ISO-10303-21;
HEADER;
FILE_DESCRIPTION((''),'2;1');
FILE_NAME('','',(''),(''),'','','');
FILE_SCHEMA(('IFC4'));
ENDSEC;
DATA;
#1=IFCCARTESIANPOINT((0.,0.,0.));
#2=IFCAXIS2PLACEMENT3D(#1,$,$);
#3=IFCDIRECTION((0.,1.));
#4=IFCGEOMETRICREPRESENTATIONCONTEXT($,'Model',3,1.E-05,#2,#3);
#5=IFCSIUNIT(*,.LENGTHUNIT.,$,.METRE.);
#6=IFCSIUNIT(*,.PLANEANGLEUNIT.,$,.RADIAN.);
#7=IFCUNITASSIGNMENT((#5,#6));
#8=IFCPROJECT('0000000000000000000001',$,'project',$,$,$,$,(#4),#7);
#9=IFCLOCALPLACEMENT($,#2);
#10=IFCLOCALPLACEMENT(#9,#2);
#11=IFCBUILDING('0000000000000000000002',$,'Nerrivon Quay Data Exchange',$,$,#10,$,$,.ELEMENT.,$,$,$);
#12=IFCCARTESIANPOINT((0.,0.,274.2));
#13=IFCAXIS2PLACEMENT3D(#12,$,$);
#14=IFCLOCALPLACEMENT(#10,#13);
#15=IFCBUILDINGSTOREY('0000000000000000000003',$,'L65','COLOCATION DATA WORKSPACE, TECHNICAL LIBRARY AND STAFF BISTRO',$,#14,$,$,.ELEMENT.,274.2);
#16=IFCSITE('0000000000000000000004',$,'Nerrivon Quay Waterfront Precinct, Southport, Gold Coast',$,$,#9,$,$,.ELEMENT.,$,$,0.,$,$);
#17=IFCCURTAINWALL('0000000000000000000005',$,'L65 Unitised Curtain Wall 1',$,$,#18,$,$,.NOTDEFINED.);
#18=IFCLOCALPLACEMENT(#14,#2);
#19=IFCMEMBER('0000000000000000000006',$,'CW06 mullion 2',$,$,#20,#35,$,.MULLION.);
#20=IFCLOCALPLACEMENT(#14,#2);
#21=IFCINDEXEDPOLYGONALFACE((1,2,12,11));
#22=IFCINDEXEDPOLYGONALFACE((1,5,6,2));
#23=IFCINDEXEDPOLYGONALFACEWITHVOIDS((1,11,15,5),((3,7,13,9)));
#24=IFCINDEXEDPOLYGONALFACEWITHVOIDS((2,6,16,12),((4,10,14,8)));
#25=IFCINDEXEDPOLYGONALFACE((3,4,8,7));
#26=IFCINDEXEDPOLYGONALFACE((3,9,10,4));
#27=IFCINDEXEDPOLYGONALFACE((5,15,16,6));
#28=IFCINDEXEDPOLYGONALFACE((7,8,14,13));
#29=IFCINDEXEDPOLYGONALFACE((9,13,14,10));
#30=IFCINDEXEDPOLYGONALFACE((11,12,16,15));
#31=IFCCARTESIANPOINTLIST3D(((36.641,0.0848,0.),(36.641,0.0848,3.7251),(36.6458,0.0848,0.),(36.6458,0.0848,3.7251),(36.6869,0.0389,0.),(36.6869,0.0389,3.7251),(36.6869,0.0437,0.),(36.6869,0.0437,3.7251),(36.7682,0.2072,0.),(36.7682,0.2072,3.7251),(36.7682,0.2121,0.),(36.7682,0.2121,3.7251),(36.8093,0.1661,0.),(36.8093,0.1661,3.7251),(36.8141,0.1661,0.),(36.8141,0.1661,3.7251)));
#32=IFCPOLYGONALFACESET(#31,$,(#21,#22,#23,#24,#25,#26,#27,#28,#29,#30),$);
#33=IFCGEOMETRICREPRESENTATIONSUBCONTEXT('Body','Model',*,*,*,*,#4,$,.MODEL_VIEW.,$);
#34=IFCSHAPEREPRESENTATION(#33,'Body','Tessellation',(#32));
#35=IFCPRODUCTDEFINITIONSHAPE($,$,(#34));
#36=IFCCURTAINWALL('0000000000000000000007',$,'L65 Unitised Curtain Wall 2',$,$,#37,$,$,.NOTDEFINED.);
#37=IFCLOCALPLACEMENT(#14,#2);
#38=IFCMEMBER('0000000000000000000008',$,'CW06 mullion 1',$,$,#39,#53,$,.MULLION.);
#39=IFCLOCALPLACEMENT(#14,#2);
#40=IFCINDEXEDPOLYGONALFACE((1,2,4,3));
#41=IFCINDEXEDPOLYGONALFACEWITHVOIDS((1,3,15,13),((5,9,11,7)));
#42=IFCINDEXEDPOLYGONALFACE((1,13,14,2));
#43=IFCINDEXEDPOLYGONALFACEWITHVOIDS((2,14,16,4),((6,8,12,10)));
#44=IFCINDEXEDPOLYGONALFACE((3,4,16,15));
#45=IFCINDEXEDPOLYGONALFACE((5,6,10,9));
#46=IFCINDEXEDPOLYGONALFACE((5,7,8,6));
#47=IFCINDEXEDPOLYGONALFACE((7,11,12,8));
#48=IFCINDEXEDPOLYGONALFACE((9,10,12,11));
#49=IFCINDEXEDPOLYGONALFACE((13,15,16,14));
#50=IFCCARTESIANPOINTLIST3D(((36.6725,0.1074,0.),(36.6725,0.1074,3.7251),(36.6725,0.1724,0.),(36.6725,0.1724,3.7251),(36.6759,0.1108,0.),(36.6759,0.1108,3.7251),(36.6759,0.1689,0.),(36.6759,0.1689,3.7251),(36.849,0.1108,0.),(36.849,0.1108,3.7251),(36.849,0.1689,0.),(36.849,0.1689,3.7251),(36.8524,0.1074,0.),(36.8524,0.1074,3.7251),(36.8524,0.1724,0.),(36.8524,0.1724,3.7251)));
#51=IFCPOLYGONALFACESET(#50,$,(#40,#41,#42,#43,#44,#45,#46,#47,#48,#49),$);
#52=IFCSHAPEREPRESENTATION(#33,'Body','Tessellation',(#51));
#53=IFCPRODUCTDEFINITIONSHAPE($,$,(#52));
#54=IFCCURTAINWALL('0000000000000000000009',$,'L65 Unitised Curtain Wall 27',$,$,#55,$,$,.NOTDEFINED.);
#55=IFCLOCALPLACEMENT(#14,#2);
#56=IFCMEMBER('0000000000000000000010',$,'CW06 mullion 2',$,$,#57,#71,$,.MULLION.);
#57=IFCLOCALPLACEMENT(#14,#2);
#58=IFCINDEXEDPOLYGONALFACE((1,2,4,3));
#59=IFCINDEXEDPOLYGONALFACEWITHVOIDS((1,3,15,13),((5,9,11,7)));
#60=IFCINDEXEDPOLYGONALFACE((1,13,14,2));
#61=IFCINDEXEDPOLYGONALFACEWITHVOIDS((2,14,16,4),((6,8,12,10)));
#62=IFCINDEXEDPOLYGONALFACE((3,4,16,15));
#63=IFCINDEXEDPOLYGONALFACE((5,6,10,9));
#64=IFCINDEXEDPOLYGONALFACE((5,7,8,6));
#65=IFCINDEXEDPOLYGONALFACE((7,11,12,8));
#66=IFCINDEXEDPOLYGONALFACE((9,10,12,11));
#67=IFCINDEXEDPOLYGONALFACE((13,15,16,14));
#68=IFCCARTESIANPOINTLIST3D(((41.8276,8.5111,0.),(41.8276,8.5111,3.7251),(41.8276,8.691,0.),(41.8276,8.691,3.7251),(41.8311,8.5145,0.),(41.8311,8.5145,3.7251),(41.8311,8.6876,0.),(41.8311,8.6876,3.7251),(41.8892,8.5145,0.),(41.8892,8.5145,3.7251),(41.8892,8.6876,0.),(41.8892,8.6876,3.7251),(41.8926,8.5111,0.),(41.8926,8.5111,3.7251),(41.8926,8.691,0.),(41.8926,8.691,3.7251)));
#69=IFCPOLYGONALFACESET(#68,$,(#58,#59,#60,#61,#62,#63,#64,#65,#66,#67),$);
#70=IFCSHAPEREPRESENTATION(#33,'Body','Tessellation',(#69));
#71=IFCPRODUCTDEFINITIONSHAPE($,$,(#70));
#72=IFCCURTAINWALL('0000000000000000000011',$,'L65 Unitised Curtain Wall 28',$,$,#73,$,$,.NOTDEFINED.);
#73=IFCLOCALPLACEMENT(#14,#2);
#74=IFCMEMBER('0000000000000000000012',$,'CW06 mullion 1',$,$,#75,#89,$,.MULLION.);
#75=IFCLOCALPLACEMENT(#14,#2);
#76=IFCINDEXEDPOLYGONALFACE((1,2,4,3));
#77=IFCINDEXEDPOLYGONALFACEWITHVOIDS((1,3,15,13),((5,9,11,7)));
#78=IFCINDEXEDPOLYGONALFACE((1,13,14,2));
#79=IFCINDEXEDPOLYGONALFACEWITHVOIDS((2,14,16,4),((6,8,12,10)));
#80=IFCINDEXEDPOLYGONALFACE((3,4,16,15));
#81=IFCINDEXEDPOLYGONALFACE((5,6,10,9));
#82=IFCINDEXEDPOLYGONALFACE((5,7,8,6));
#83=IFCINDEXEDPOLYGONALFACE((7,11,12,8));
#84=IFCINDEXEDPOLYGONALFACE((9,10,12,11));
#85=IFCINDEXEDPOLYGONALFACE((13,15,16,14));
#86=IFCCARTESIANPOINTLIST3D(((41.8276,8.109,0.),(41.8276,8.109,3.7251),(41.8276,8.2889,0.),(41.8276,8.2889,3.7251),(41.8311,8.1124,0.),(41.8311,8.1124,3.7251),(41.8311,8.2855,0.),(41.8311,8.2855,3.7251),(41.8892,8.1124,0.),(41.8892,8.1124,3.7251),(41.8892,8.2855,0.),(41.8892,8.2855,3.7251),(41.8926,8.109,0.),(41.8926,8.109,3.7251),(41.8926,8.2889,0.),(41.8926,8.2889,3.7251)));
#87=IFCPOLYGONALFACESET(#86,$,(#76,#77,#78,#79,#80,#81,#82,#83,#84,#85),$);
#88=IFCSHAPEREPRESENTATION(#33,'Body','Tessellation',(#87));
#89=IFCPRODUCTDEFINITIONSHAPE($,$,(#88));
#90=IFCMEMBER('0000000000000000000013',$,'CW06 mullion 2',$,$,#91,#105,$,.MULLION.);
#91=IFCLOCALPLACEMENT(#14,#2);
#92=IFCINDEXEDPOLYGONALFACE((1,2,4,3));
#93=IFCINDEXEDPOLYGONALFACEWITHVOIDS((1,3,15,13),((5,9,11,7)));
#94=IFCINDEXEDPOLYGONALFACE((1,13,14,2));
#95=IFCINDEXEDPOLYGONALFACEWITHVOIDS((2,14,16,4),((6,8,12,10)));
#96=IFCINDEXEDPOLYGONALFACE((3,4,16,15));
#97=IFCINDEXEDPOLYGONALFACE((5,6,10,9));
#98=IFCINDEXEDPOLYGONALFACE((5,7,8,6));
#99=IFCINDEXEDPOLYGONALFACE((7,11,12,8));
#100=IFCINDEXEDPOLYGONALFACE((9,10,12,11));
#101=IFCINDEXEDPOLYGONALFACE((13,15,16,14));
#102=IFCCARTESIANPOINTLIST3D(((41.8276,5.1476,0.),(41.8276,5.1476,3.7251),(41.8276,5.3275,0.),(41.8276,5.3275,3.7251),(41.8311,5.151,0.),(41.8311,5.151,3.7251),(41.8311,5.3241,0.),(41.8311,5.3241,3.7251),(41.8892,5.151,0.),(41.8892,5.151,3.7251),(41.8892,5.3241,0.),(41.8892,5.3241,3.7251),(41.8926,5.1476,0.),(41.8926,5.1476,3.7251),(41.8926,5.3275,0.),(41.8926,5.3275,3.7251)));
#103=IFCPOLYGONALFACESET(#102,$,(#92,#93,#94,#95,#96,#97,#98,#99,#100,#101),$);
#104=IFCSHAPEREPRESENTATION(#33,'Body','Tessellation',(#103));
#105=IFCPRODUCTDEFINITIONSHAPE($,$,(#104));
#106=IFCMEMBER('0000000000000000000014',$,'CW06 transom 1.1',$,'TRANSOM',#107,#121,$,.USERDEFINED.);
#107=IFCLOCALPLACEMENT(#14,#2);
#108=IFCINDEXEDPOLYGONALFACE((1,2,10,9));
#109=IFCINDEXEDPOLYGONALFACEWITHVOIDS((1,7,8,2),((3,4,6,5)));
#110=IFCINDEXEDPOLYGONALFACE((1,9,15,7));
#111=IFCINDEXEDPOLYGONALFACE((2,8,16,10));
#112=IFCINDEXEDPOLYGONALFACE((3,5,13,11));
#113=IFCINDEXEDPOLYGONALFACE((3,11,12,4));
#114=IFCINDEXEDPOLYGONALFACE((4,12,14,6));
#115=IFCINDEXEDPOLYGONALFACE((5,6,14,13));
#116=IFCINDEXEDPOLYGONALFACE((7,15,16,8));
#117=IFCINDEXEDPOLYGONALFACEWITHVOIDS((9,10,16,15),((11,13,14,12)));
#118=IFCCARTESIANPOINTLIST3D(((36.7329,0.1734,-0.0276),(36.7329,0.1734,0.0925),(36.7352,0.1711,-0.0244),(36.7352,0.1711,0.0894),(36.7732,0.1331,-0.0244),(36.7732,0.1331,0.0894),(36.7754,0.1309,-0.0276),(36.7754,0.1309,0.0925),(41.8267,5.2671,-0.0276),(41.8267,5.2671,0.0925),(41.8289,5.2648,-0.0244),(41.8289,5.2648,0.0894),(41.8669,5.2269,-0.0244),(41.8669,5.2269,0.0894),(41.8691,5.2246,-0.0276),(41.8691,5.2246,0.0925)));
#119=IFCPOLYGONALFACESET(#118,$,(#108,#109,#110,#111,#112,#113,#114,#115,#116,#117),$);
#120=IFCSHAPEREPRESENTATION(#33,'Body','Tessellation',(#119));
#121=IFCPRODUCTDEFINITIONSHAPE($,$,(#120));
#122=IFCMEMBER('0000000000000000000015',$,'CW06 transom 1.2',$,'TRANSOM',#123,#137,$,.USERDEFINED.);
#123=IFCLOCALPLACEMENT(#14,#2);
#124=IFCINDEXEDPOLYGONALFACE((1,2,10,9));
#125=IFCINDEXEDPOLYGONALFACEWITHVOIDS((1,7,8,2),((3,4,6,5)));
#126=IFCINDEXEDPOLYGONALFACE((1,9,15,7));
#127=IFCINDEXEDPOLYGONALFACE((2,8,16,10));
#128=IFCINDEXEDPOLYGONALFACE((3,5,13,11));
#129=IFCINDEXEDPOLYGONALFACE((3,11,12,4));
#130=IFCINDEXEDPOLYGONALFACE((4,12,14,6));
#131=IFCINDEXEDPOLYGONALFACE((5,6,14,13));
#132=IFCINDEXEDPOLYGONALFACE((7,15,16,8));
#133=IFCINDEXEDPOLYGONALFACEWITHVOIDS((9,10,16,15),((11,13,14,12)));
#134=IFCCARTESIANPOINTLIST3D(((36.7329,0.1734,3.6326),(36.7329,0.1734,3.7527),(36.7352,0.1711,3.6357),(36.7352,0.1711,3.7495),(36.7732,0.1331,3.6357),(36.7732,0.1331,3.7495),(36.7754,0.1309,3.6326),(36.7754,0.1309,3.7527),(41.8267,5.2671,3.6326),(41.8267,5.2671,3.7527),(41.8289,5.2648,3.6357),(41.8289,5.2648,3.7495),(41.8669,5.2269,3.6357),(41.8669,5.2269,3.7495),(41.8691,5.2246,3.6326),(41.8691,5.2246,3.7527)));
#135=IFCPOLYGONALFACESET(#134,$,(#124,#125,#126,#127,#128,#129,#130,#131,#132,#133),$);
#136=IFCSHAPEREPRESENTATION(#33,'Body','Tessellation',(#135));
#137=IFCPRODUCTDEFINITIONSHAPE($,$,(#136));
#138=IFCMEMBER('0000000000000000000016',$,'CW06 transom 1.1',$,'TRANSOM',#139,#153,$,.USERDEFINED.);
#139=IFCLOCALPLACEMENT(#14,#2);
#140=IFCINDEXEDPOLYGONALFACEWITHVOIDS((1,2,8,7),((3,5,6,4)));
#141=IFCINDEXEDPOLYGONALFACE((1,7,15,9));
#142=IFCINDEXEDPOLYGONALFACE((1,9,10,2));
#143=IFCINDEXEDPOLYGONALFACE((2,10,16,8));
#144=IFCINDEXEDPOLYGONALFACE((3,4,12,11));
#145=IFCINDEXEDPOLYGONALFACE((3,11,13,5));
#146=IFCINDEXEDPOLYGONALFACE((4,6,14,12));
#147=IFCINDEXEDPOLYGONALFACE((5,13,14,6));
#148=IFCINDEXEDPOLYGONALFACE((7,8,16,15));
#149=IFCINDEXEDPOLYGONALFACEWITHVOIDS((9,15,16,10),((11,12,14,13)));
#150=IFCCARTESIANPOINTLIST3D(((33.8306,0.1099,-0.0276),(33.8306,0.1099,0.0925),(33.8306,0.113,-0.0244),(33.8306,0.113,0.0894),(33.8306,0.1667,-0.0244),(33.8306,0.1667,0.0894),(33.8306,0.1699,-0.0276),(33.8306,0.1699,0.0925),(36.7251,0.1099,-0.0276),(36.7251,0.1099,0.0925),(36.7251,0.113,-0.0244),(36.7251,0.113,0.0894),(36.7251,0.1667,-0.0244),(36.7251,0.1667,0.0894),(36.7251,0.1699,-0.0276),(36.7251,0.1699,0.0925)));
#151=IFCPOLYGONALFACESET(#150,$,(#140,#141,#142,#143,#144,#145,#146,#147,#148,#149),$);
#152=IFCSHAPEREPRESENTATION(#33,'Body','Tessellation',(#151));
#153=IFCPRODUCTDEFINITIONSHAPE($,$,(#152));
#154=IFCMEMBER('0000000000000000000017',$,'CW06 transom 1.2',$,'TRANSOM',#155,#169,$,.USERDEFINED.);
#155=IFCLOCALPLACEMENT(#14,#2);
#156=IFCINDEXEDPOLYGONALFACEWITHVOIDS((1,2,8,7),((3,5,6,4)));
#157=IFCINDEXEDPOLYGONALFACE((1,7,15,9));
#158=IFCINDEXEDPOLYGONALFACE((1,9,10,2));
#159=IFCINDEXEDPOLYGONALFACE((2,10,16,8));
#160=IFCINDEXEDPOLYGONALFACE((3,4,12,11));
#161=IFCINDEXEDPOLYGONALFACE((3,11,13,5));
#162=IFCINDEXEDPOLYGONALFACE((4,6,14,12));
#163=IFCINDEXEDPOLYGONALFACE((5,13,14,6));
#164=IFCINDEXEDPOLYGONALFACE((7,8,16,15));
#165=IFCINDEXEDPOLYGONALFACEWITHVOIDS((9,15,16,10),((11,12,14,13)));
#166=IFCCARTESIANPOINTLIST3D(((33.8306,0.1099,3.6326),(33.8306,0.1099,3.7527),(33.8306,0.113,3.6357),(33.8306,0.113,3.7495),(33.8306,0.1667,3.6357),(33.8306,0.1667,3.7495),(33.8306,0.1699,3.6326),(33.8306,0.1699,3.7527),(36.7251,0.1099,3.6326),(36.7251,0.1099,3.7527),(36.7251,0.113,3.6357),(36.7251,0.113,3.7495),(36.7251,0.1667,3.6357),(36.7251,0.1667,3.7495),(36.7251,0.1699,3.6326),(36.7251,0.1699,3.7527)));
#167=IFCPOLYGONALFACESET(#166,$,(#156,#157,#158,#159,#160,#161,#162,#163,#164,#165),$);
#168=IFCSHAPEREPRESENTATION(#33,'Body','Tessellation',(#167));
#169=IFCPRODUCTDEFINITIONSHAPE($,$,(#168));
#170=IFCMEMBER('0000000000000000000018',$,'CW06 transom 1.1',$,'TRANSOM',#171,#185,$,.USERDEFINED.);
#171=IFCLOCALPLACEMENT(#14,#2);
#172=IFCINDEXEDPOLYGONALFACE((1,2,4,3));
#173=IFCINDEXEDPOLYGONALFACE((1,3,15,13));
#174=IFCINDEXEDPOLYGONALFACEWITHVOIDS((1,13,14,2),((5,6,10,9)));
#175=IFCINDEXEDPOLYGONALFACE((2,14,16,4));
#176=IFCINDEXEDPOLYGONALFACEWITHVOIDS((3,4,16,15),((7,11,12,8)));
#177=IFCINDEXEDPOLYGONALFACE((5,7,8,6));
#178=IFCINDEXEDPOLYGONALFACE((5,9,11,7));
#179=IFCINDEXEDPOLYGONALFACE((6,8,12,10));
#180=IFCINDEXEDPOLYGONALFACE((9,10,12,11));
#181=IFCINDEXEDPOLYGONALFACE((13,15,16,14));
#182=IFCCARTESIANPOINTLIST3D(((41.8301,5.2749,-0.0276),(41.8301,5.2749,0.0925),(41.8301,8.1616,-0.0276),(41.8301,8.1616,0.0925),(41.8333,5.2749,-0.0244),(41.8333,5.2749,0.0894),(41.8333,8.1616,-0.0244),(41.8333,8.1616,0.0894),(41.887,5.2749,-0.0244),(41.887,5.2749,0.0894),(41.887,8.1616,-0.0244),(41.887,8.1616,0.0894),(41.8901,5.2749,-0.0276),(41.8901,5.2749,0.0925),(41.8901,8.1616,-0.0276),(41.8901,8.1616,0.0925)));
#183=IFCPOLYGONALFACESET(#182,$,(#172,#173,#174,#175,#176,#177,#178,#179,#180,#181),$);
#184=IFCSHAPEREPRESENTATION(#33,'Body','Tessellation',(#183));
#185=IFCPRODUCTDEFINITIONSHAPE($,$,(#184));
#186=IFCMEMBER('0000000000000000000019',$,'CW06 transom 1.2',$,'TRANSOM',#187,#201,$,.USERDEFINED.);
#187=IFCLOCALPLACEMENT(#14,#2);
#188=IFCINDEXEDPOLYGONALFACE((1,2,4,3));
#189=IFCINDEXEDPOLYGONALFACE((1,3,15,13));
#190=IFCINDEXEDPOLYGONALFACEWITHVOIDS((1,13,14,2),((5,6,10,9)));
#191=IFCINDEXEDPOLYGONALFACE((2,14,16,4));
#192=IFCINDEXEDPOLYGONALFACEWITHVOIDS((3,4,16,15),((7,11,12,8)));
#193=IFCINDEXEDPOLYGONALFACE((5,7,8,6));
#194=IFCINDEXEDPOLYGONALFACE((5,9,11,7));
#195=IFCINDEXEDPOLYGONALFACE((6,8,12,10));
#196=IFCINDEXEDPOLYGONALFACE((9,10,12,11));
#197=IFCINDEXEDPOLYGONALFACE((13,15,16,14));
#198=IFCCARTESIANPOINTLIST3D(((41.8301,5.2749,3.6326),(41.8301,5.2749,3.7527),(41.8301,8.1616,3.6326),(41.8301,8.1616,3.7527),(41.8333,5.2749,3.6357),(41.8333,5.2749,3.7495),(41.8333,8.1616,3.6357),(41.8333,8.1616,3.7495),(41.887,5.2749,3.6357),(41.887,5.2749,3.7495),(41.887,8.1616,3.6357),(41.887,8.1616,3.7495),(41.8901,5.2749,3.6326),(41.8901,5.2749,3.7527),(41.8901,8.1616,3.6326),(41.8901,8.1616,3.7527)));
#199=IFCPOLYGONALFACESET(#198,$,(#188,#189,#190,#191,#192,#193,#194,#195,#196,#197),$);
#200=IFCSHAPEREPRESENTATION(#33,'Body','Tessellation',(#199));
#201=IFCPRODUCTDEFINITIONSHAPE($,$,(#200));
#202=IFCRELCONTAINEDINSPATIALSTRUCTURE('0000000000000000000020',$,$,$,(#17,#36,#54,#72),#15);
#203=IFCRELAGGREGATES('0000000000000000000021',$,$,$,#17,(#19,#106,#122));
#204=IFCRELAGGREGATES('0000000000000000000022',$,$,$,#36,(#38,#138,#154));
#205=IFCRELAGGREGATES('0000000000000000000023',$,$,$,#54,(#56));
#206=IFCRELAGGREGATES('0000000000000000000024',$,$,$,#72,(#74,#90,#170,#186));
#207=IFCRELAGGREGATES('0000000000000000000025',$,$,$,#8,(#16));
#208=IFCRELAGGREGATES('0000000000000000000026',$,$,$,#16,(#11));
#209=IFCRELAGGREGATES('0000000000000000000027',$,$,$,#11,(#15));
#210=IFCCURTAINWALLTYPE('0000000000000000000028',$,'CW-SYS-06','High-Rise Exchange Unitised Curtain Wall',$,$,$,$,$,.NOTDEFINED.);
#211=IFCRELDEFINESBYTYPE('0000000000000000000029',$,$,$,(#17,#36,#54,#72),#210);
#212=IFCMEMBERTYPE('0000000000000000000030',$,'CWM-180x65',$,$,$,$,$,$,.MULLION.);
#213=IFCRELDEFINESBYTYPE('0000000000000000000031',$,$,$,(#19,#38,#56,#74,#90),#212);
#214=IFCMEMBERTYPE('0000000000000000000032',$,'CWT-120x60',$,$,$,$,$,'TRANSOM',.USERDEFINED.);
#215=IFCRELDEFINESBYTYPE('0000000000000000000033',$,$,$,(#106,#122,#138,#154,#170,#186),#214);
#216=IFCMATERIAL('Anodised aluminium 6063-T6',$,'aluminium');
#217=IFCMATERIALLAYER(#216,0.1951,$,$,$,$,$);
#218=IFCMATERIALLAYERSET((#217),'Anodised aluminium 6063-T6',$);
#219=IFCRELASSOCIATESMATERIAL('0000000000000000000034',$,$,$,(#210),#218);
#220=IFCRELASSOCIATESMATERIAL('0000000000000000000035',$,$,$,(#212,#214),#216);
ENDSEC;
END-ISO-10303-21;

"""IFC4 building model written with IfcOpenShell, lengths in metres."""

from ifc_helpers import new_model, si_unit, direction, frame, origin, origin_2d, place, context, subcontext, project, spatial, hollow_rectangle, extrude, material, layer, layer_set, material_profile, profile_set, type_object, element, aggregate, save


model = new_model("IFC4")

# Units and contexts
model_context = context("Model", 3, precision=1e-05, world=origin(), true_north=direction((0.0, 1.0)))
body_context = subcontext(model_context, "Body", "Model", "MODEL_VIEW")
ifc_project = project(units=[si_unit("LENGTHUNIT", "METRE"), si_unit("PLANEANGLEUNIT", "RADIAN")], contexts=[model_context])

# Site, building, storey
site_placement = place(None, origin())
site = spatial("IfcSite", under=ifc_project, at=site_placement, Name="Nerrivon Quay Waterfront Precinct, Southport, Gold Coast", CompositionType="ELEMENT", RefElevation=0.0)
building_placement = place(site_placement, origin())
building = spatial("IfcBuilding", under=site, at=building_placement, Name="Nerrivon Quay Data Exchange", CompositionType="ELEMENT")
storey_placement = place(building_placement, frame((0.0, 0.0, 274.2)))
storey = spatial("IfcBuildingStorey", under=building, at=storey_placement, Name="L65", Description="COLOCATION DATA WORKSPACE, TECHNICAL LIBRARY AND STAFF BISTRO", CompositionType="ELEMENT", Elevation=274.2)

# Curtain wall, member
ifc_material_1 = material(Name="Anodised aluminium 6063-T6", Category="aluminium")
ifc_layer_1 = layer(ifc_material_1, 0.1951)
ifc_layer_set_1 = layer_set([ifc_layer_1], Name="Anodised aluminium 6063-T6")
curtain_wall_type = type_object("IfcCurtainWallType", Name="CW-SYS-06", Description="High-Rise Exchange Unitised Curtain Wall", PredefinedType="NOTDEFINED", material=ifc_layer_set_1)
curtain_wall_1_placement = place(storey_placement, origin())
curtain_wall_1 = element("IfcCurtainWall", 1, at=curtain_wall_1_placement, inside=storey, type_object=curtain_wall_type, Name="L65 Unitised Curtain Wall 1", PredefinedType="NOTDEFINED")
ifc_material_profile_1 = material_profile(ifc_material_1, hollow_rectangle(XDim=0.0649, YDim=0.1799, WallThickness=0.0034, at=origin_2d()), Name="ALU-MULL-180x65")
ifc_profile_set_1 = profile_set([ifc_material_profile_1], Name="Anodised aluminium 6063-T6")
member_type_1 = type_object("IfcMemberType", Name="CWM-180x65", PredefinedType="MULLION", material=ifc_profile_set_1)
member_1_placement = place(storey_placement, frame((36.7275, 0.1255, 0.0), z_axis=(0.0, 0.0, 1.0), x_axis=(0.707107, -0.707107, 0.0)))
member_1 = element("IfcMember", 2, at=member_1_placement, type_object=member_type_1, Name="CW06 mullion 2", PredefinedType="MULLION", context=body_context, shape_type="SweptSolid", body=[
    extrude(hollow_rectangle(XDim=0.0649, YDim=0.1799, WallThickness=0.0034, at=origin_2d()), origin(), (0.0, 0.0, 1.0), 3.7251),
])

# Curtain walls, members
curtain_wall_2_placement = place(storey_placement, origin())
curtain_wall_2 = element("IfcCurtainWall", 3, at=curtain_wall_2_placement, inside=storey, type_object=curtain_wall_type, Name="L65 Unitised Curtain Wall 2", PredefinedType="NOTDEFINED")
member_2_placement = place(storey_placement, frame((36.7625, 0.1399, 0.0), z_axis=(0.0, 0.0, 1.0), x_axis=(0.0, -1.0, 0.0)))
member_2 = element("IfcMember", 4, at=member_2_placement, type_object=member_type_1, Name="CW06 mullion 1", PredefinedType="MULLION", context=body_context, shape_type="SweptSolid", body=[
    extrude(hollow_rectangle(XDim=0.0649, YDim=0.1799, WallThickness=0.0034, at=origin_2d()), origin(), (0.0, 0.0, 1.0), 3.7251),
])
curtain_wall_3_placement = place(storey_placement, origin())
curtain_wall_3 = element("IfcCurtainWall", 5, at=curtain_wall_3_placement, inside=storey, type_object=curtain_wall_type, Name="L65 Unitised Curtain Wall 27", PredefinedType="NOTDEFINED")
member_3_placement = place(storey_placement, frame((41.8601, 8.6011, 0.0), z_axis=(0.0, 0.0, 1.0), x_axis=(1.0, 0.0, 0.0)))
member_3 = element("IfcMember", 6, at=member_3_placement, type_object=member_type_1, Name="CW06 mullion 2", PredefinedType="MULLION", context=body_context, shape_type="SweptSolid", body=[
    extrude(hollow_rectangle(XDim=0.0649, YDim=0.1799, WallThickness=0.0034, at=origin_2d()), origin(), (0.0, 0.0, 1.0), 3.7251),
])

# Curtain wall, members
curtain_wall_4_placement = place(storey_placement, origin())
curtain_wall_4 = element("IfcCurtainWall", 7, at=curtain_wall_4_placement, inside=storey, type_object=curtain_wall_type, Name="L65 Unitised Curtain Wall 28", PredefinedType="NOTDEFINED")
member_4_placement = place(storey_placement, frame((41.8601, 8.199, 0.0), z_axis=(0.0, 0.0, 1.0), x_axis=(1.0, 0.0, 0.0)))
member_4 = element("IfcMember", 8, at=member_4_placement, type_object=member_type_1, Name="CW06 mullion 1", PredefinedType="MULLION", context=body_context, shape_type="SweptSolid", body=[
    extrude(hollow_rectangle(XDim=0.0649, YDim=0.1799, WallThickness=0.0034, at=origin_2d()), origin(), (0.0, 0.0, 1.0), 3.7251),
])
member_5_placement = place(storey_placement, frame((41.8601, 5.2375, 0.0), z_axis=(0.0, 0.0, 1.0), x_axis=(1.0, 0.0, 0.0)))
member_5 = element("IfcMember", 9, at=member_5_placement, type_object=member_type_1, Name="CW06 mullion 2", PredefinedType="MULLION", context=body_context, shape_type="SweptSolid", body=[
    extrude(hollow_rectangle(XDim=0.0649, YDim=0.1799, WallThickness=0.0034, at=origin_2d()), origin(), (0.0, 0.0, 1.0), 3.7251),
])

# Members
ifc_material_profile_2 = material_profile(ifc_material_1, hollow_rectangle(XDim=0.0601, YDim=0.1201, WallThickness=0.0032, at=origin_2d()), Name="ALU-TRAN-120x60")
ifc_profile_set_2 = profile_set([ifc_material_profile_2], Name="Anodised aluminium 6063-T6")
member_type_2 = type_object("IfcMemberType", Name="CWT-120x60", ElementType="TRANSOM", PredefinedType="USERDEFINED", material=ifc_profile_set_2)
member_6_placement = place(storey_placement, frame((41.8479, 5.2458, 0.0325), z_axis=(-0.707107, -0.707107, 0.0), x_axis=(0.707107, -0.707107, 0.0)))
member_6 = element("IfcMember", 10, at=member_6_placement, type_object=member_type_2, Name="CW06 transom 1.1", ObjectType="TRANSOM", PredefinedType="USERDEFINED", context=body_context, shape_type="SweptSolid", body=[
    extrude(hollow_rectangle(XDim=0.0601, YDim=0.1201, WallThickness=0.0032, at=origin_2d()), origin(), (0.0, 0.0, 1.0), 7.2036),
])
member_7_placement = place(storey_placement, frame((41.8479, 5.2458, 3.6926), z_axis=(-0.707107, -0.707107, 0.0), x_axis=(0.707107, -0.707107, 0.0)))
member_7 = element("IfcMember", 11, at=member_7_placement, type_object=member_type_2, Name="CW06 transom 1.2", ObjectType="TRANSOM", PredefinedType="USERDEFINED", context=body_context, shape_type="SweptSolid", body=[
    extrude(hollow_rectangle(XDim=0.0601, YDim=0.1201, WallThickness=0.0032, at=origin_2d()), origin(), (0.0, 0.0, 1.0), 7.2036),
])
member_8_placement = place(storey_placement, frame((36.7251, 0.1399, 0.0325), z_axis=(-1.0, 0.0, 0.0), x_axis=(0.0, -1.0, 0.0)))
member_8 = element("IfcMember", 12, at=member_8_placement, type_object=member_type_2, Name="CW06 transom 1.1", ObjectType="TRANSOM", PredefinedType="USERDEFINED", context=body_context, shape_type="SweptSolid", body=[
    extrude(hollow_rectangle(XDim=0.0601, YDim=0.1201, WallThickness=0.0032, at=origin_2d()), origin(), (0.0, 0.0, 1.0), 2.8945),
])
member_9_placement = place(storey_placement, frame((36.7251, 0.1399, 3.6926), z_axis=(-1.0, 0.0, 0.0), x_axis=(0.0, -1.0, 0.0)))
member_9 = element("IfcMember", 13, at=member_9_placement, type_object=member_type_2, Name="CW06 transom 1.2", ObjectType="TRANSOM", PredefinedType="USERDEFINED", context=body_context, shape_type="SweptSolid", body=[
    extrude(hollow_rectangle(XDim=0.0601, YDim=0.1201, WallThickness=0.0032, at=origin_2d()), origin(), (0.0, 0.0, 1.0), 2.8945),
])
member_10_placement = place(storey_placement, frame((41.8601, 8.1616, 0.0325), z_axis=(0.0, -1.0, 0.0), x_axis=(1.0, 0.0, 0.0)))
member_10 = element("IfcMember", 14, at=member_10_placement, type_object=member_type_2, Name="CW06 transom 1.1", ObjectType="TRANSOM", PredefinedType="USERDEFINED", context=body_context, shape_type="SweptSolid", body=[
    extrude(hollow_rectangle(XDim=0.0601, YDim=0.1201, WallThickness=0.0032, at=origin_2d()), origin(), (0.0, 0.0, 1.0), 2.8867),
])
member_11_placement = place(storey_placement, frame((41.8601, 8.1616, 3.6926), z_axis=(0.0, -1.0, 0.0), x_axis=(1.0, 0.0, 0.0)))
member_11 = element("IfcMember", 15, at=member_11_placement, type_object=member_type_2, Name="CW06 transom 1.2", ObjectType="TRANSOM", PredefinedType="USERDEFINED", context=body_context, shape_type="SweptSolid", body=[
    extrude(hollow_rectangle(XDim=0.0601, YDim=0.1201, WallThickness=0.0032, at=origin_2d()), origin(), (0.0, 0.0, 1.0), 2.8867),
])

aggregate(curtain_wall_1, [member_1, member_6, member_7])
aggregate(curtain_wall_2, [member_2, member_8, member_9])
aggregate(curtain_wall_3, [member_3])
aggregate(curtain_wall_4, [member_4, member_5, member_10, member_11])

save(model, "model.ifc")
